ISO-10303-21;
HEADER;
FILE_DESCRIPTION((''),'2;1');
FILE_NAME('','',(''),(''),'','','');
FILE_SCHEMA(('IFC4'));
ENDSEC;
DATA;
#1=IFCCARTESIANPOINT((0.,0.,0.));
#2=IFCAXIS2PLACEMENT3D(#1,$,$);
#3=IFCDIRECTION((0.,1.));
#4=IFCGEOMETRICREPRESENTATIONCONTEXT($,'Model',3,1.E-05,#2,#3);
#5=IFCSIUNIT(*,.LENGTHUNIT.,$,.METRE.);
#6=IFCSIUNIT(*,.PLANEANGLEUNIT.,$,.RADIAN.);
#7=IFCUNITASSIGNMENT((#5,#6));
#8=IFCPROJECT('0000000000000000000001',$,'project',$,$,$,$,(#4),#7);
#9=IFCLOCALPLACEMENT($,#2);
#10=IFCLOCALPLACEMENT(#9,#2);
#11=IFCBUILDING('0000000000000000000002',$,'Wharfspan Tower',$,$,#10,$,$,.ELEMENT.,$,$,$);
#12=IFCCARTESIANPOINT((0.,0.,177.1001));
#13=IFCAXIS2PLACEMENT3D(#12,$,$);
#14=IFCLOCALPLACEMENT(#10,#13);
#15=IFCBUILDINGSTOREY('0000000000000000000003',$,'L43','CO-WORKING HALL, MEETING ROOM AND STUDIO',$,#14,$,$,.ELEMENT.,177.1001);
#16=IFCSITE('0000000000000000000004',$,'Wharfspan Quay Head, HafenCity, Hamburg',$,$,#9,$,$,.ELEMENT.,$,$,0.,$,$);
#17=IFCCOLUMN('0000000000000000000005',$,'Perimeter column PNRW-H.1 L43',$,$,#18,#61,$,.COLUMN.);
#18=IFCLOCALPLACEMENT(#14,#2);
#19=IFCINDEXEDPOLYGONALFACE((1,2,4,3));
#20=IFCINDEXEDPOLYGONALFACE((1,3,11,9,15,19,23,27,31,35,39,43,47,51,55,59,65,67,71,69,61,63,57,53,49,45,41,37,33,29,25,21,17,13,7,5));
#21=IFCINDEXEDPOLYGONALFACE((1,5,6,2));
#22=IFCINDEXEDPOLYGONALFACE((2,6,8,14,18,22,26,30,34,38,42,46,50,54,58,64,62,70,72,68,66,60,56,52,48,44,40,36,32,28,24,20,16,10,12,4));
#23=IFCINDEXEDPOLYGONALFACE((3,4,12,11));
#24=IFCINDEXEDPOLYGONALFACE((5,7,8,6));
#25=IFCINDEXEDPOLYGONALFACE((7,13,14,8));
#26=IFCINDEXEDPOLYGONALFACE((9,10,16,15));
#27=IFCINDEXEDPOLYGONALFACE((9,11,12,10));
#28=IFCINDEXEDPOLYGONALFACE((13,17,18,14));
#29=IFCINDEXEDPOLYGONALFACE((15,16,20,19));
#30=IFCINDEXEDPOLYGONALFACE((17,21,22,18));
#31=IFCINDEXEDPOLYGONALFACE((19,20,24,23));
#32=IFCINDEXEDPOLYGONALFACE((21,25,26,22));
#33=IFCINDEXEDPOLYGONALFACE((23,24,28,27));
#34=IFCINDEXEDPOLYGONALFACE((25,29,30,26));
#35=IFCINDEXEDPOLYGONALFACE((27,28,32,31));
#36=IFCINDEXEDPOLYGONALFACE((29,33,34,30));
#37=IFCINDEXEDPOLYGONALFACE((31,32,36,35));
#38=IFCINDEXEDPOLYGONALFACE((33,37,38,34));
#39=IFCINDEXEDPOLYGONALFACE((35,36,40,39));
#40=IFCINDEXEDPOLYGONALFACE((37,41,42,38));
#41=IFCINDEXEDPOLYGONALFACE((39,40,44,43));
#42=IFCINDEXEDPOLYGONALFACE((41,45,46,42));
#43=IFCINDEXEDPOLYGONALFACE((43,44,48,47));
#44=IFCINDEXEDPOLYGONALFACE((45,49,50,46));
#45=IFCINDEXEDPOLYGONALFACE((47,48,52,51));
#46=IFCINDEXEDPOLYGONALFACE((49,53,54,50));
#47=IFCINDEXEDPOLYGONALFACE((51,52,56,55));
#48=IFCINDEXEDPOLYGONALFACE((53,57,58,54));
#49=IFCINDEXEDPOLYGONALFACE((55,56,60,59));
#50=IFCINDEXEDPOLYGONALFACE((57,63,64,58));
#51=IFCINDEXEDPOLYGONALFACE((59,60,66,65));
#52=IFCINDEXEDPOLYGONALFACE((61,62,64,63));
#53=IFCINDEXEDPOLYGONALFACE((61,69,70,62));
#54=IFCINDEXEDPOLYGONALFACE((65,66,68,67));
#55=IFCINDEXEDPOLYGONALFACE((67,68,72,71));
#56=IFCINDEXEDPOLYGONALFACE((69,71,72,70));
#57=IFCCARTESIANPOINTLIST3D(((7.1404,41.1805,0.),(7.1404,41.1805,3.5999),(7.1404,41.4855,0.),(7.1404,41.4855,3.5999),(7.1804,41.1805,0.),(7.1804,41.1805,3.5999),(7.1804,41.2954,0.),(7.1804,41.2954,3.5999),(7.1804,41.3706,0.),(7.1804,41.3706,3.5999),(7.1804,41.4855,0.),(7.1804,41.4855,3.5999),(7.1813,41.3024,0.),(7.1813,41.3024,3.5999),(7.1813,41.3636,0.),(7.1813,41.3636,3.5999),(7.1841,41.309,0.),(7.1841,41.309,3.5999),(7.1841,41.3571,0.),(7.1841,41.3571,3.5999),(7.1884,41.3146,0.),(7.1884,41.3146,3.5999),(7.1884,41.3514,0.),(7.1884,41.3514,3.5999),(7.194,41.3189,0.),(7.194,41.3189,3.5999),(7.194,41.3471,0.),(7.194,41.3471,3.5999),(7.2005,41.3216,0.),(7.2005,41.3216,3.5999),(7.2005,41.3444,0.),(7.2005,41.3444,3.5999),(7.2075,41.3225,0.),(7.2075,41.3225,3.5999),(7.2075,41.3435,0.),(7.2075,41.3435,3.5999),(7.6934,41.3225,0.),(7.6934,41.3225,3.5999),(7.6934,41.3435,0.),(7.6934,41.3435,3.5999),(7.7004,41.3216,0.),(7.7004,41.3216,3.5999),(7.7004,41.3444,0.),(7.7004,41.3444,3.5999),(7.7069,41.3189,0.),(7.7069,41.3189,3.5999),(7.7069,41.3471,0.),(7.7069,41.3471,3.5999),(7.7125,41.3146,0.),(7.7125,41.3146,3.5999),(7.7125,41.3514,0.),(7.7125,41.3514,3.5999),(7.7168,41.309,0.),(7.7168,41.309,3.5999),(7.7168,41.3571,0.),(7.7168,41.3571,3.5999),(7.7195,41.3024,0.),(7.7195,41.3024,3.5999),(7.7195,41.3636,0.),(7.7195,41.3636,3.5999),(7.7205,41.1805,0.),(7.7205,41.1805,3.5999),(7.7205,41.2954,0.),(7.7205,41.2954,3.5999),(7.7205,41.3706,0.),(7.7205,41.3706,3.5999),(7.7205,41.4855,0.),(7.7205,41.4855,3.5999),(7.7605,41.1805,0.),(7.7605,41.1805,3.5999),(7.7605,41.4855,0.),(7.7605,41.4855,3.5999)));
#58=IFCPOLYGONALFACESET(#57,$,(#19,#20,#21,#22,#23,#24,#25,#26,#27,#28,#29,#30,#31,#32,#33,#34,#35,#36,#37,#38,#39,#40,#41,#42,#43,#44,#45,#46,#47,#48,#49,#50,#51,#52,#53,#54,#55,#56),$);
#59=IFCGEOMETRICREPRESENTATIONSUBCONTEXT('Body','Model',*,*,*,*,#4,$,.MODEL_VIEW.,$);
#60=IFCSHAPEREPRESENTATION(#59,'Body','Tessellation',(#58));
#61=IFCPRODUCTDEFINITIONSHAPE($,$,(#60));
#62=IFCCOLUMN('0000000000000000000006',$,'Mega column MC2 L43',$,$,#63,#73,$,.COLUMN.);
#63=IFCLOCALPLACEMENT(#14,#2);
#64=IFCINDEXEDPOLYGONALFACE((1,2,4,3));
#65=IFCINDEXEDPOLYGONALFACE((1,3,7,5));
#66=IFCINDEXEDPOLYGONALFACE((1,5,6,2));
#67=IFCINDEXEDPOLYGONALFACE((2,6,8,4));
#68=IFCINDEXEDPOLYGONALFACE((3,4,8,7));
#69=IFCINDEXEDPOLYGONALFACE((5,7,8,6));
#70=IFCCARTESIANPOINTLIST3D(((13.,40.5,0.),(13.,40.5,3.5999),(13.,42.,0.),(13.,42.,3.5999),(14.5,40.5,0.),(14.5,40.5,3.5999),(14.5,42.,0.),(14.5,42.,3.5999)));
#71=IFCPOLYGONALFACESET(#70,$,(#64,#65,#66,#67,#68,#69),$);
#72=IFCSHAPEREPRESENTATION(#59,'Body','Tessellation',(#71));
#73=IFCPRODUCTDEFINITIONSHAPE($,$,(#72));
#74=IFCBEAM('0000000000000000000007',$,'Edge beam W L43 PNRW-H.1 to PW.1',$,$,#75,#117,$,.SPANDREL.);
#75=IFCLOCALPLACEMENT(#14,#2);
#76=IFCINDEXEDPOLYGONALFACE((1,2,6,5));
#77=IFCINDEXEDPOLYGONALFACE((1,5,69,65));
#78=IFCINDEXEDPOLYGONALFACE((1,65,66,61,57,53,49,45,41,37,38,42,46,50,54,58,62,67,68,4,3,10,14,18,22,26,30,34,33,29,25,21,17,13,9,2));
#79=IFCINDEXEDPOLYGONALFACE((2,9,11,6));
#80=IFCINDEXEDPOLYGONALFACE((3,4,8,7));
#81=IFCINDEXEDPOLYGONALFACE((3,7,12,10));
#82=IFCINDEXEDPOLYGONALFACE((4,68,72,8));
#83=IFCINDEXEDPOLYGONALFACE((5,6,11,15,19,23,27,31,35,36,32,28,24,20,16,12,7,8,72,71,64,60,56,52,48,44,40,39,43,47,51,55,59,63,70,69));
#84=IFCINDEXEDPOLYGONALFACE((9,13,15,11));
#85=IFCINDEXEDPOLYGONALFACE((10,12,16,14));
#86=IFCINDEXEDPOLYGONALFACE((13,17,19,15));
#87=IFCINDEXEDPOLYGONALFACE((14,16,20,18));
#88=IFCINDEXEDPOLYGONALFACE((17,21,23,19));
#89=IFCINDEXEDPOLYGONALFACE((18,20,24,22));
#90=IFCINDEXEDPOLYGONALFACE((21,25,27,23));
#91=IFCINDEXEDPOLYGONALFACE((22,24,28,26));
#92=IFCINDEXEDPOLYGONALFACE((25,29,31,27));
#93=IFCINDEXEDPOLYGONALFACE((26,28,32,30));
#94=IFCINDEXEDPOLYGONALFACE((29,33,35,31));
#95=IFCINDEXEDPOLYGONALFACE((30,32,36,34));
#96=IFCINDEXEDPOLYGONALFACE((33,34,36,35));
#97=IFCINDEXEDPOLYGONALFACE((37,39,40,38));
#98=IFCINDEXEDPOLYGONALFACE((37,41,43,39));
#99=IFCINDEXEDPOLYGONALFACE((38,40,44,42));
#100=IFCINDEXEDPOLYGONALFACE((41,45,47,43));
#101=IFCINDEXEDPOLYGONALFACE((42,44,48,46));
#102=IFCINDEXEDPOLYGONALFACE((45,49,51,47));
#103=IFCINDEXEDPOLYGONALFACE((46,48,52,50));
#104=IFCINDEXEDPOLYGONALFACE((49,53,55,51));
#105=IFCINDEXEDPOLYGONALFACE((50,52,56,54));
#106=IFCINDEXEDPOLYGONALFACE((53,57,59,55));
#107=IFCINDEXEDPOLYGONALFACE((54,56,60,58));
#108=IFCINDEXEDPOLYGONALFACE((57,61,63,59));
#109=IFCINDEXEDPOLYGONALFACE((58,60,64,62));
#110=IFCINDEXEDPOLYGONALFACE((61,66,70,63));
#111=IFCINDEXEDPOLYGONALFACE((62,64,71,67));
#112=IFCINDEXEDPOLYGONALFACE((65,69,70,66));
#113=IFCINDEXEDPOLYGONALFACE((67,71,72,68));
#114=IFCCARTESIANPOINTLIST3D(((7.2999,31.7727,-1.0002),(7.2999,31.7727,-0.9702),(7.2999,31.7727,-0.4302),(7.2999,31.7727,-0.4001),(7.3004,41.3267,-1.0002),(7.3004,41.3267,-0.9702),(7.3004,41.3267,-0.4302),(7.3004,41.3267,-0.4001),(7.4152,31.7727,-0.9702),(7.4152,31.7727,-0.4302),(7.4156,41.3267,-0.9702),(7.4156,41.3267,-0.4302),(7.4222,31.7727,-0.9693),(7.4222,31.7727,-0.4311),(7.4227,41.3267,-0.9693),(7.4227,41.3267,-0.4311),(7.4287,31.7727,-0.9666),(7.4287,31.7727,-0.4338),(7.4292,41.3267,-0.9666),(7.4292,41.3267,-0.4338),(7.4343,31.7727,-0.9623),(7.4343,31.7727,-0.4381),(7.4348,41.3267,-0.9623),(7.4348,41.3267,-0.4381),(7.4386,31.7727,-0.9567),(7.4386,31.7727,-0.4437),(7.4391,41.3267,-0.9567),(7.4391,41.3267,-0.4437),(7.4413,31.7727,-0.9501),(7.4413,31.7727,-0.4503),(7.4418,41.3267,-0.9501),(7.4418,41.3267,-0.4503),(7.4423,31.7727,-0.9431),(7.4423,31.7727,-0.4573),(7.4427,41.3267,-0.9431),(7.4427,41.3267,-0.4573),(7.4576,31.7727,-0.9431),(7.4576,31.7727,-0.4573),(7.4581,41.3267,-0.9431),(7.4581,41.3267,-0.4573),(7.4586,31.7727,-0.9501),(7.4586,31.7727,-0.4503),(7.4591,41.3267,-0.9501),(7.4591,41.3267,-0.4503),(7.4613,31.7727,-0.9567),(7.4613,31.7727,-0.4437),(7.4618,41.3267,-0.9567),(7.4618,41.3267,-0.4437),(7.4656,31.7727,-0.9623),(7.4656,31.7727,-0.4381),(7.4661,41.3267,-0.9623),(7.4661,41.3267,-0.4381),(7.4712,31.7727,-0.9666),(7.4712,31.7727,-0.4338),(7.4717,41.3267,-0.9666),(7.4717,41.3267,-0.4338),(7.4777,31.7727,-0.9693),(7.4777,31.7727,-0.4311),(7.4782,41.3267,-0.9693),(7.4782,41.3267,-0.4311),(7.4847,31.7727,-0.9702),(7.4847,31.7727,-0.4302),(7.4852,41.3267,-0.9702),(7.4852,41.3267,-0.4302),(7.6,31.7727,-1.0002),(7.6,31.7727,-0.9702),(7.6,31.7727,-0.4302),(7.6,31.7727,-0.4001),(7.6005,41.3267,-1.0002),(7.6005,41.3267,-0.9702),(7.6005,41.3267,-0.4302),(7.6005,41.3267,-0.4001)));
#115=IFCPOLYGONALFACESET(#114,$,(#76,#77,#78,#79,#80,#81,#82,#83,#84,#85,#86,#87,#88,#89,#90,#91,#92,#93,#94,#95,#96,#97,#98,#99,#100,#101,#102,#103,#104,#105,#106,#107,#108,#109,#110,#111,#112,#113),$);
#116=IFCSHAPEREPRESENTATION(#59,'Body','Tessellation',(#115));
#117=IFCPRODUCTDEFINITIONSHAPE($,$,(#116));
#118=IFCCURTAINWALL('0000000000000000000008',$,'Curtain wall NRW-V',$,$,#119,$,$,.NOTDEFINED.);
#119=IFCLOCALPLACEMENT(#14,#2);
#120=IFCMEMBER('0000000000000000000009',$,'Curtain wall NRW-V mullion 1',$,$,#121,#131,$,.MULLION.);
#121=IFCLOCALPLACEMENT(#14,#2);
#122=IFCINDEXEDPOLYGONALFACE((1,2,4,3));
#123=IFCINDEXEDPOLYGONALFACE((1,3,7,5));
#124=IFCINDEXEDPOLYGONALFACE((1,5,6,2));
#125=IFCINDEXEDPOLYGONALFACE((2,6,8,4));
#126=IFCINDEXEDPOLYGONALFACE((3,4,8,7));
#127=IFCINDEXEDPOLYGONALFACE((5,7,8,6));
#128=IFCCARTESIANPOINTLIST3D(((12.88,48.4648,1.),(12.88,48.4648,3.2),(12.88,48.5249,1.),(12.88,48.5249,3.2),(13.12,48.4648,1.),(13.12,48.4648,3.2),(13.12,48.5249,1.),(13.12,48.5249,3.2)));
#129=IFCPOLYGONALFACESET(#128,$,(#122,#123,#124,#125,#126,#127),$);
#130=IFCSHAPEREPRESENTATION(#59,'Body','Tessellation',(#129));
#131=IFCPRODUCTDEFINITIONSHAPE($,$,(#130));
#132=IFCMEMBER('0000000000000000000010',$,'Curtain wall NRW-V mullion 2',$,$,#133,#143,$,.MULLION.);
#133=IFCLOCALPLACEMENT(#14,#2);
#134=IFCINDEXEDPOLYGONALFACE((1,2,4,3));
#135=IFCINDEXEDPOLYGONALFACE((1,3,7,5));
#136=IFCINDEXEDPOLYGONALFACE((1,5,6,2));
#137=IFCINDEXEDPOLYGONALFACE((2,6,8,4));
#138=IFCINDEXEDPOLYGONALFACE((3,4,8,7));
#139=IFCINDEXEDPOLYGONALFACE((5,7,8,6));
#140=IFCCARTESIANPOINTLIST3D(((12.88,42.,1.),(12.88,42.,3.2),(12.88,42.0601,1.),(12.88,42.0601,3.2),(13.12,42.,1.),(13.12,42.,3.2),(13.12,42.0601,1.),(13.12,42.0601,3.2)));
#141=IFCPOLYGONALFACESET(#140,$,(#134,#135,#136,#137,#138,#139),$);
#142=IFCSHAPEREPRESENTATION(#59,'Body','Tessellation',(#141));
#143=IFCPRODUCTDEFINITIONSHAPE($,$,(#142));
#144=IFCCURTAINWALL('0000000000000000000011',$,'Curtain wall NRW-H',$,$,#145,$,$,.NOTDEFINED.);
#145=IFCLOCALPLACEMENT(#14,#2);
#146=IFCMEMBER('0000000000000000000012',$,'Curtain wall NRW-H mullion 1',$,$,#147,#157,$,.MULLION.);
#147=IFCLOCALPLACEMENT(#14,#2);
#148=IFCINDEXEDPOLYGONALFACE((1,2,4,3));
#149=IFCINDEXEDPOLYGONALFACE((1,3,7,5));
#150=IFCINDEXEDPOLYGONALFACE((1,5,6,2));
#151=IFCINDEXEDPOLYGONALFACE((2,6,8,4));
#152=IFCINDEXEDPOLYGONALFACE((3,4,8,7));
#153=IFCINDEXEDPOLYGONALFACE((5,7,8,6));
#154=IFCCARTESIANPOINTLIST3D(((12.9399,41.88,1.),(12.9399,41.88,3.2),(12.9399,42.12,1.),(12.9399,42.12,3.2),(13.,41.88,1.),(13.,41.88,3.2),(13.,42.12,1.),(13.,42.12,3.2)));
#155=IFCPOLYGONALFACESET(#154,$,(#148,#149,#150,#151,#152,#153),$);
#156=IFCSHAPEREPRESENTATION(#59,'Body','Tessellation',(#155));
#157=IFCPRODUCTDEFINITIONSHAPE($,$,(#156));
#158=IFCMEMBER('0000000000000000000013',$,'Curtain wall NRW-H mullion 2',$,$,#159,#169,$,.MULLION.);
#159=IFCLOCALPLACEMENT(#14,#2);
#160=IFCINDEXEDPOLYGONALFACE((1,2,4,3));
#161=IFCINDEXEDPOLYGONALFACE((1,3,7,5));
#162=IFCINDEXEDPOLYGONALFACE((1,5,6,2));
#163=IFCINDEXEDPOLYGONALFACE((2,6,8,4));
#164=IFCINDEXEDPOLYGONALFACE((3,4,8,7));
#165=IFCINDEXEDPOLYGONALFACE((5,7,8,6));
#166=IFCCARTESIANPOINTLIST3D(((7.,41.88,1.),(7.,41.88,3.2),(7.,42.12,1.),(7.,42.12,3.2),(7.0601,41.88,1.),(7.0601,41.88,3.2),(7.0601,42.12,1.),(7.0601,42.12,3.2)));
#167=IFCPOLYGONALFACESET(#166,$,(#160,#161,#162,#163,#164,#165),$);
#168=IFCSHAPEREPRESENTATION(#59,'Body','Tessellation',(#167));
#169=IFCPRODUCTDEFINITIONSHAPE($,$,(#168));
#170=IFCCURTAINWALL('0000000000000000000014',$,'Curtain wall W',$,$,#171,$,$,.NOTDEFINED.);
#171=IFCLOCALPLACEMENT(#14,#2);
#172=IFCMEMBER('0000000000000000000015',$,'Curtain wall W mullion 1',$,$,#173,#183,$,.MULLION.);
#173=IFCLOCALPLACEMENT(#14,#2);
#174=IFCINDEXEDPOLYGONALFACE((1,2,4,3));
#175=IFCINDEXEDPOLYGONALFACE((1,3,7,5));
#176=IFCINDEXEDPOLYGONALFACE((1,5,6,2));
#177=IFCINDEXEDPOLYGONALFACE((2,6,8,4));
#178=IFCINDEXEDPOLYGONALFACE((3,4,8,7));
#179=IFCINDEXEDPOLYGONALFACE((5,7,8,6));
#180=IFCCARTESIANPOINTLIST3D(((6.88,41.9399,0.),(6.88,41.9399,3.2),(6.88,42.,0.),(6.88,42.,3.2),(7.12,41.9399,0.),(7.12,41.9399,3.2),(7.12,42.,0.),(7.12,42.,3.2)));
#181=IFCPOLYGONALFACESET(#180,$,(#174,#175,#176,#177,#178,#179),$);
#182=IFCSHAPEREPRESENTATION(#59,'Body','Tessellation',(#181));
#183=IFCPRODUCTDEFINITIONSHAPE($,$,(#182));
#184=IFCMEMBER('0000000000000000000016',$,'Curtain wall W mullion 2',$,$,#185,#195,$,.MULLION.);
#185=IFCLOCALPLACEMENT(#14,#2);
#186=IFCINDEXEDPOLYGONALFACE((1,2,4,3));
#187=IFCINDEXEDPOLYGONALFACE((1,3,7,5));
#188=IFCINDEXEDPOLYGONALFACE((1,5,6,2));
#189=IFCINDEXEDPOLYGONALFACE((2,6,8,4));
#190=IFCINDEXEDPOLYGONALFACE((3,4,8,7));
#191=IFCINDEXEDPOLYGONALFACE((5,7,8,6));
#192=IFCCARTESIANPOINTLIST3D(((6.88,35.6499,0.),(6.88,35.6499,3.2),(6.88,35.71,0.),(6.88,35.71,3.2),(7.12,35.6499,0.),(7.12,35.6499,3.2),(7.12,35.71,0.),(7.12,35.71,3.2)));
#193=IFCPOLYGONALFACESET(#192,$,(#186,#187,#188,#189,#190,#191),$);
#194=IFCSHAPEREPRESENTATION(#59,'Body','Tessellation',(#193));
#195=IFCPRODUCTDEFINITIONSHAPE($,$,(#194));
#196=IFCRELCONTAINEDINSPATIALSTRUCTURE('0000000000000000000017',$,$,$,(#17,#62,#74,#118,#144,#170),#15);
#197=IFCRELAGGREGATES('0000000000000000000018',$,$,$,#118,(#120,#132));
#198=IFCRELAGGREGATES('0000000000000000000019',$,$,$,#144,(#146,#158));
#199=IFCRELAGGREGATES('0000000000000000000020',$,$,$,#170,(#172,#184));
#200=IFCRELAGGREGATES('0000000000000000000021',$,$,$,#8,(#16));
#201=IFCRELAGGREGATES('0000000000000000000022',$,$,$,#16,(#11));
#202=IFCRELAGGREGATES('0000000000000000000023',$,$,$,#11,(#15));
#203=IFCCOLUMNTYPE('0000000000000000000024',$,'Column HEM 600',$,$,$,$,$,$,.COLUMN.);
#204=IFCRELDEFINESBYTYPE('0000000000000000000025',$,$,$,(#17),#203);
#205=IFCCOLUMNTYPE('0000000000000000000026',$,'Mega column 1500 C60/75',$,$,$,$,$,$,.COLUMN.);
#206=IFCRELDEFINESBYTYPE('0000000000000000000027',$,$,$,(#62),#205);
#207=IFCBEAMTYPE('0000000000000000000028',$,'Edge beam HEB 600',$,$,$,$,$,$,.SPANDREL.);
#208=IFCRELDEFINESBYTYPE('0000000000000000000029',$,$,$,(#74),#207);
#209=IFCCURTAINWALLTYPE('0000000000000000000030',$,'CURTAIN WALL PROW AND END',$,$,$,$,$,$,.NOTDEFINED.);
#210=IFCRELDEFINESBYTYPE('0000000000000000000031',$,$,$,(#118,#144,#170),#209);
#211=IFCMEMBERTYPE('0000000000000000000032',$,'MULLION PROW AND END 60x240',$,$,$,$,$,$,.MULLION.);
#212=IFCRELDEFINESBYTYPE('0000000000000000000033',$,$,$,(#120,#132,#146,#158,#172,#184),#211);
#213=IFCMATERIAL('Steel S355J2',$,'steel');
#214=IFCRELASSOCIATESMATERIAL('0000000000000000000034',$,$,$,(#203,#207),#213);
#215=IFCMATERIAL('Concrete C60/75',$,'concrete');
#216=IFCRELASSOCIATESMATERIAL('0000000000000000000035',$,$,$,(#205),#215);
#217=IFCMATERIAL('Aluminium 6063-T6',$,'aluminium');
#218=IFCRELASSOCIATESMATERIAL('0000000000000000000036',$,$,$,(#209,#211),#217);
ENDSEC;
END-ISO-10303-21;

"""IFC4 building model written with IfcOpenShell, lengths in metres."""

from ifc_helpers import new_model, si_unit, direction, frame, origin, origin_2d, place, context, subcontext, project, spatial, rectangle, i_section, extrude, material, material_profile, profile_set, type_object, element, aggregate, save


model = new_model("IFC4")

# Units and contexts
model_context = context("Model", 3, precision=1e-05, world=origin(), true_north=direction((0.0, 1.0)))
body_context = subcontext(model_context, "Body", "Model", "MODEL_VIEW")
ifc_project = project(units=[si_unit("LENGTHUNIT", "METRE"), si_unit("PLANEANGLEUNIT", "RADIAN")], contexts=[model_context])

# Site, building, storey
site_placement = place(None, origin())
site = spatial("IfcSite", under=ifc_project, at=site_placement, Name="Wharfspan Quay Head, HafenCity, Hamburg", CompositionType="ELEMENT", RefElevation=0.0)
building_placement = place(site_placement, origin())
building = spatial("IfcBuilding", under=site, at=building_placement, Name="Wharfspan Tower", CompositionType="ELEMENT")
storey_placement = place(building_placement, frame((0.0, 0.0, 177.1001)))
storey = spatial("IfcBuildingStorey", under=building, at=storey_placement, Name="L43", Description="CO-WORKING HALL, MEETING ROOM AND STUDIO", CompositionType="ELEMENT", Elevation=177.1001)

# Columns
ifc_material_1 = material(Name="Steel S355J2", Category="steel")
ifc_material_profile_1 = material_profile(ifc_material_1, i_section(OverallWidth=0.3049, OverallDepth=0.6201, WebThickness=0.021, FlangeThickness=0.04, FilletRadius=0.0271, at=origin_2d()))
ifc_profile_set_1 = profile_set([ifc_material_profile_1], Name="Steel S355J2")
column_type_1 = type_object("IfcColumnType", Name="Column HEM 600", PredefinedType="COLUMN", material=ifc_profile_set_1)
column_1_placement = place(storey_placement, frame((7.4504, 41.333, 0.0), z_axis=(0.0, 0.0, 1.0), x_axis=(0.0, 1.0, 0.0)))
element("IfcColumn", 1, at=column_1_placement, inside=storey, type_object=column_type_1, Name="Perimeter column PNRW-H.1 L43", PredefinedType="COLUMN", context=body_context, shape_type="SweptSolid", body=[
    extrude(i_section(OverallWidth=0.3049, OverallDepth=0.6201, WebThickness=0.021, FlangeThickness=0.04, FilletRadius=0.0271, at=origin_2d()), origin(), (0.0, 0.0, 1.0), 3.5999),
])
ifc_material_2 = material(Name="Concrete C60/75", Category="concrete")
ifc_material_profile_2 = material_profile(ifc_material_2, rectangle(XDim=1.5, YDim=1.5, at=origin_2d()))
ifc_profile_set_2 = profile_set([ifc_material_profile_2], Name="Concrete C60/75")
column_type_2 = type_object("IfcColumnType", Name="Mega column 1500 C60/75", PredefinedType="COLUMN", material=ifc_profile_set_2)
column_2_placement = place(storey_placement, frame((13.75, 41.25, 0.0), z_axis=(0.0, 0.0, 1.0), x_axis=(1.0, 0.0, 0.0)))
element("IfcColumn", 2, at=column_2_placement, inside=storey, type_object=column_type_2, Name="Mega column MC2 L43", PredefinedType="COLUMN", context=body_context, shape_type="SweptSolid", body=[
    extrude(rectangle(XDim=1.5, YDim=1.5, at=origin_2d()), origin(), (0.0, 0.0, 1.0), 3.5999),
])

# Beam
ifc_material_profile_3 = material_profile(ifc_material_1, i_section(OverallWidth=0.3, OverallDepth=0.6001, WebThickness=0.0154, FlangeThickness=0.03, FilletRadius=0.0271, at=origin_2d()))
ifc_profile_set_3 = profile_set([ifc_material_profile_3], Name="Steel S355J2")
beam_type = type_object("IfcBeamType", Name="Edge beam HEB 600", PredefinedType="SPANDREL", material=ifc_profile_set_3)
beam_placement = place(storey_placement, frame((7.4504, 41.3267, -0.7002), z_axis=(-0.000051, -1.0, 0.0), x_axis=(1.0, -0.000051, 0.0)))
element("IfcBeam", 3, at=beam_placement, inside=storey, type_object=beam_type, Name="Edge beam W L43 PNRW-H.1 to PW.1", PredefinedType="SPANDREL", context=body_context, shape_type="SweptSolid", body=[
    extrude(i_section(OverallWidth=0.3, OverallDepth=0.6001, WebThickness=0.0154, FlangeThickness=0.03, FilletRadius=0.0271, at=origin_2d()), origin(), (0.0, 0.0, 1.0), 9.554),
])

# Curtain walls, members
ifc_material_3 = material(Name="Aluminium 6063-T6", Category="aluminium")
curtain_wall_type = type_object("IfcCurtainWallType", Name="CURTAIN WALL PROW AND END", PredefinedType="NOTDEFINED", material=ifc_material_3)
curtain_wall_1_placement = place(storey_placement, origin())
curtain_wall_1 = element("IfcCurtainWall", 4, at=curtain_wall_1_placement, inside=storey, type_object=curtain_wall_type, Name="Curtain wall NRW-V", PredefinedType="NOTDEFINED")
ifc_material_profile_4 = material_profile(ifc_material_3, rectangle(XDim=0.24, YDim=0.0601, at=origin_2d()))
ifc_profile_set_4 = profile_set([ifc_material_profile_4], Name="Aluminium 6063-T6")
member_type_1 = type_object("IfcMemberType", Name="MULLION PROW AND END 60x240", PredefinedType="MULLION", material=ifc_profile_set_4)
member_1_placement = place(storey_placement, frame((13.0, 48.4949, 1.0), z_axis=(0.0, 0.0, 1.0), x_axis=(1.0, 0.0, 0.0)))
member_1 = element("IfcMember", 5, at=member_1_placement, type_object=member_type_1, Name="Curtain wall NRW-V mullion 1", PredefinedType="MULLION", context=body_context, shape_type="SweptSolid", body=[
    extrude(rectangle(XDim=0.24, YDim=0.0601, at=origin_2d()), origin(), (0.0, 0.0, 1.0), 2.2),
])
member_2_placement = place(storey_placement, frame((13.0, 42.03, 1.0), z_axis=(0.0, 0.0, 1.0), x_axis=(1.0, 0.0, 0.0)))
member_2 = element("IfcMember", 6, at=member_2_placement, type_object=member_type_1, Name="Curtain wall NRW-V mullion 2", PredefinedType="MULLION", context=body_context, shape_type="SweptSolid", body=[
    extrude(rectangle(XDim=0.24, YDim=0.0601, at=origin_2d()), origin(), (0.0, 0.0, 1.0), 2.2),
])
curtain_wall_2_placement = place(storey_placement, origin())
curtain_wall_2 = element("IfcCurtainWall", 7, at=curtain_wall_2_placement, inside=storey, type_object=curtain_wall_type, Name="Curtain wall NRW-H", PredefinedType="NOTDEFINED")
member_3_placement = place(storey_placement, frame((12.97, 42.0, 1.0), z_axis=(0.0, 0.0, 1.0), x_axis=(0.0, -1.0, 0.0)))
member_3 = element("IfcMember", 8, at=member_3_placement, type_object=member_type_1, Name="Curtain wall NRW-H mullion 1", PredefinedType="MULLION", context=body_context, shape_type="SweptSolid", body=[
    extrude(rectangle(XDim=0.24, YDim=0.0601, at=origin_2d()), origin(), (0.0, 0.0, 1.0), 2.2),
])
member_4_placement = place(storey_placement, frame((7.03, 42.0, 1.0), z_axis=(0.0, 0.0, 1.0), x_axis=(0.0, -1.0, 0.0)))
member_4 = element("IfcMember", 9, at=member_4_placement, type_object=member_type_1, Name="Curtain wall NRW-H mullion 2", PredefinedType="MULLION", context=body_context, shape_type="SweptSolid", body=[
    extrude(rectangle(XDim=0.24, YDim=0.0601, at=origin_2d()), origin(), (0.0, 0.0, 1.0), 2.2),
])
curtain_wall_3_placement = place(storey_placement, origin())
curtain_wall_3 = element("IfcCurtainWall", 10, at=curtain_wall_3_placement, inside=storey, type_object=curtain_wall_type, Name="Curtain wall W", PredefinedType="NOTDEFINED")
member_5_placement = place(storey_placement, frame((7.0, 41.97, 0.0), z_axis=(0.0, 0.0, 1.0), x_axis=(1.0, 0.0, 0.0)))
member_5 = element("IfcMember", 11, at=member_5_placement, type_object=member_type_1, Name="Curtain wall W mullion 1", PredefinedType="MULLION", context=body_context, shape_type="SweptSolid", body=[
    extrude(rectangle(XDim=0.24, YDim=0.0601, at=origin_2d()), origin(), (0.0, 0.0, 1.0), 3.2),
])
member_6_placement = place(storey_placement, frame((7.0, 35.6799, 0.0), z_axis=(0.0, 0.0, 1.0), x_axis=(1.0, 0.0, 0.0)))
member_6 = element("IfcMember", 12, at=member_6_placement, type_object=member_type_1, Name="Curtain wall W mullion 2", PredefinedType="MULLION", context=body_context, shape_type="SweptSolid", body=[
    extrude(rectangle(XDim=0.24, YDim=0.0601, at=origin_2d()), origin(), (0.0, 0.0, 1.0), 3.2),
])

aggregate(curtain_wall_1, [member_1, member_2])
aggregate(curtain_wall_2, [member_3, member_4])
aggregate(curtain_wall_3, [member_5, member_6])

save(model, "model.ifc")
